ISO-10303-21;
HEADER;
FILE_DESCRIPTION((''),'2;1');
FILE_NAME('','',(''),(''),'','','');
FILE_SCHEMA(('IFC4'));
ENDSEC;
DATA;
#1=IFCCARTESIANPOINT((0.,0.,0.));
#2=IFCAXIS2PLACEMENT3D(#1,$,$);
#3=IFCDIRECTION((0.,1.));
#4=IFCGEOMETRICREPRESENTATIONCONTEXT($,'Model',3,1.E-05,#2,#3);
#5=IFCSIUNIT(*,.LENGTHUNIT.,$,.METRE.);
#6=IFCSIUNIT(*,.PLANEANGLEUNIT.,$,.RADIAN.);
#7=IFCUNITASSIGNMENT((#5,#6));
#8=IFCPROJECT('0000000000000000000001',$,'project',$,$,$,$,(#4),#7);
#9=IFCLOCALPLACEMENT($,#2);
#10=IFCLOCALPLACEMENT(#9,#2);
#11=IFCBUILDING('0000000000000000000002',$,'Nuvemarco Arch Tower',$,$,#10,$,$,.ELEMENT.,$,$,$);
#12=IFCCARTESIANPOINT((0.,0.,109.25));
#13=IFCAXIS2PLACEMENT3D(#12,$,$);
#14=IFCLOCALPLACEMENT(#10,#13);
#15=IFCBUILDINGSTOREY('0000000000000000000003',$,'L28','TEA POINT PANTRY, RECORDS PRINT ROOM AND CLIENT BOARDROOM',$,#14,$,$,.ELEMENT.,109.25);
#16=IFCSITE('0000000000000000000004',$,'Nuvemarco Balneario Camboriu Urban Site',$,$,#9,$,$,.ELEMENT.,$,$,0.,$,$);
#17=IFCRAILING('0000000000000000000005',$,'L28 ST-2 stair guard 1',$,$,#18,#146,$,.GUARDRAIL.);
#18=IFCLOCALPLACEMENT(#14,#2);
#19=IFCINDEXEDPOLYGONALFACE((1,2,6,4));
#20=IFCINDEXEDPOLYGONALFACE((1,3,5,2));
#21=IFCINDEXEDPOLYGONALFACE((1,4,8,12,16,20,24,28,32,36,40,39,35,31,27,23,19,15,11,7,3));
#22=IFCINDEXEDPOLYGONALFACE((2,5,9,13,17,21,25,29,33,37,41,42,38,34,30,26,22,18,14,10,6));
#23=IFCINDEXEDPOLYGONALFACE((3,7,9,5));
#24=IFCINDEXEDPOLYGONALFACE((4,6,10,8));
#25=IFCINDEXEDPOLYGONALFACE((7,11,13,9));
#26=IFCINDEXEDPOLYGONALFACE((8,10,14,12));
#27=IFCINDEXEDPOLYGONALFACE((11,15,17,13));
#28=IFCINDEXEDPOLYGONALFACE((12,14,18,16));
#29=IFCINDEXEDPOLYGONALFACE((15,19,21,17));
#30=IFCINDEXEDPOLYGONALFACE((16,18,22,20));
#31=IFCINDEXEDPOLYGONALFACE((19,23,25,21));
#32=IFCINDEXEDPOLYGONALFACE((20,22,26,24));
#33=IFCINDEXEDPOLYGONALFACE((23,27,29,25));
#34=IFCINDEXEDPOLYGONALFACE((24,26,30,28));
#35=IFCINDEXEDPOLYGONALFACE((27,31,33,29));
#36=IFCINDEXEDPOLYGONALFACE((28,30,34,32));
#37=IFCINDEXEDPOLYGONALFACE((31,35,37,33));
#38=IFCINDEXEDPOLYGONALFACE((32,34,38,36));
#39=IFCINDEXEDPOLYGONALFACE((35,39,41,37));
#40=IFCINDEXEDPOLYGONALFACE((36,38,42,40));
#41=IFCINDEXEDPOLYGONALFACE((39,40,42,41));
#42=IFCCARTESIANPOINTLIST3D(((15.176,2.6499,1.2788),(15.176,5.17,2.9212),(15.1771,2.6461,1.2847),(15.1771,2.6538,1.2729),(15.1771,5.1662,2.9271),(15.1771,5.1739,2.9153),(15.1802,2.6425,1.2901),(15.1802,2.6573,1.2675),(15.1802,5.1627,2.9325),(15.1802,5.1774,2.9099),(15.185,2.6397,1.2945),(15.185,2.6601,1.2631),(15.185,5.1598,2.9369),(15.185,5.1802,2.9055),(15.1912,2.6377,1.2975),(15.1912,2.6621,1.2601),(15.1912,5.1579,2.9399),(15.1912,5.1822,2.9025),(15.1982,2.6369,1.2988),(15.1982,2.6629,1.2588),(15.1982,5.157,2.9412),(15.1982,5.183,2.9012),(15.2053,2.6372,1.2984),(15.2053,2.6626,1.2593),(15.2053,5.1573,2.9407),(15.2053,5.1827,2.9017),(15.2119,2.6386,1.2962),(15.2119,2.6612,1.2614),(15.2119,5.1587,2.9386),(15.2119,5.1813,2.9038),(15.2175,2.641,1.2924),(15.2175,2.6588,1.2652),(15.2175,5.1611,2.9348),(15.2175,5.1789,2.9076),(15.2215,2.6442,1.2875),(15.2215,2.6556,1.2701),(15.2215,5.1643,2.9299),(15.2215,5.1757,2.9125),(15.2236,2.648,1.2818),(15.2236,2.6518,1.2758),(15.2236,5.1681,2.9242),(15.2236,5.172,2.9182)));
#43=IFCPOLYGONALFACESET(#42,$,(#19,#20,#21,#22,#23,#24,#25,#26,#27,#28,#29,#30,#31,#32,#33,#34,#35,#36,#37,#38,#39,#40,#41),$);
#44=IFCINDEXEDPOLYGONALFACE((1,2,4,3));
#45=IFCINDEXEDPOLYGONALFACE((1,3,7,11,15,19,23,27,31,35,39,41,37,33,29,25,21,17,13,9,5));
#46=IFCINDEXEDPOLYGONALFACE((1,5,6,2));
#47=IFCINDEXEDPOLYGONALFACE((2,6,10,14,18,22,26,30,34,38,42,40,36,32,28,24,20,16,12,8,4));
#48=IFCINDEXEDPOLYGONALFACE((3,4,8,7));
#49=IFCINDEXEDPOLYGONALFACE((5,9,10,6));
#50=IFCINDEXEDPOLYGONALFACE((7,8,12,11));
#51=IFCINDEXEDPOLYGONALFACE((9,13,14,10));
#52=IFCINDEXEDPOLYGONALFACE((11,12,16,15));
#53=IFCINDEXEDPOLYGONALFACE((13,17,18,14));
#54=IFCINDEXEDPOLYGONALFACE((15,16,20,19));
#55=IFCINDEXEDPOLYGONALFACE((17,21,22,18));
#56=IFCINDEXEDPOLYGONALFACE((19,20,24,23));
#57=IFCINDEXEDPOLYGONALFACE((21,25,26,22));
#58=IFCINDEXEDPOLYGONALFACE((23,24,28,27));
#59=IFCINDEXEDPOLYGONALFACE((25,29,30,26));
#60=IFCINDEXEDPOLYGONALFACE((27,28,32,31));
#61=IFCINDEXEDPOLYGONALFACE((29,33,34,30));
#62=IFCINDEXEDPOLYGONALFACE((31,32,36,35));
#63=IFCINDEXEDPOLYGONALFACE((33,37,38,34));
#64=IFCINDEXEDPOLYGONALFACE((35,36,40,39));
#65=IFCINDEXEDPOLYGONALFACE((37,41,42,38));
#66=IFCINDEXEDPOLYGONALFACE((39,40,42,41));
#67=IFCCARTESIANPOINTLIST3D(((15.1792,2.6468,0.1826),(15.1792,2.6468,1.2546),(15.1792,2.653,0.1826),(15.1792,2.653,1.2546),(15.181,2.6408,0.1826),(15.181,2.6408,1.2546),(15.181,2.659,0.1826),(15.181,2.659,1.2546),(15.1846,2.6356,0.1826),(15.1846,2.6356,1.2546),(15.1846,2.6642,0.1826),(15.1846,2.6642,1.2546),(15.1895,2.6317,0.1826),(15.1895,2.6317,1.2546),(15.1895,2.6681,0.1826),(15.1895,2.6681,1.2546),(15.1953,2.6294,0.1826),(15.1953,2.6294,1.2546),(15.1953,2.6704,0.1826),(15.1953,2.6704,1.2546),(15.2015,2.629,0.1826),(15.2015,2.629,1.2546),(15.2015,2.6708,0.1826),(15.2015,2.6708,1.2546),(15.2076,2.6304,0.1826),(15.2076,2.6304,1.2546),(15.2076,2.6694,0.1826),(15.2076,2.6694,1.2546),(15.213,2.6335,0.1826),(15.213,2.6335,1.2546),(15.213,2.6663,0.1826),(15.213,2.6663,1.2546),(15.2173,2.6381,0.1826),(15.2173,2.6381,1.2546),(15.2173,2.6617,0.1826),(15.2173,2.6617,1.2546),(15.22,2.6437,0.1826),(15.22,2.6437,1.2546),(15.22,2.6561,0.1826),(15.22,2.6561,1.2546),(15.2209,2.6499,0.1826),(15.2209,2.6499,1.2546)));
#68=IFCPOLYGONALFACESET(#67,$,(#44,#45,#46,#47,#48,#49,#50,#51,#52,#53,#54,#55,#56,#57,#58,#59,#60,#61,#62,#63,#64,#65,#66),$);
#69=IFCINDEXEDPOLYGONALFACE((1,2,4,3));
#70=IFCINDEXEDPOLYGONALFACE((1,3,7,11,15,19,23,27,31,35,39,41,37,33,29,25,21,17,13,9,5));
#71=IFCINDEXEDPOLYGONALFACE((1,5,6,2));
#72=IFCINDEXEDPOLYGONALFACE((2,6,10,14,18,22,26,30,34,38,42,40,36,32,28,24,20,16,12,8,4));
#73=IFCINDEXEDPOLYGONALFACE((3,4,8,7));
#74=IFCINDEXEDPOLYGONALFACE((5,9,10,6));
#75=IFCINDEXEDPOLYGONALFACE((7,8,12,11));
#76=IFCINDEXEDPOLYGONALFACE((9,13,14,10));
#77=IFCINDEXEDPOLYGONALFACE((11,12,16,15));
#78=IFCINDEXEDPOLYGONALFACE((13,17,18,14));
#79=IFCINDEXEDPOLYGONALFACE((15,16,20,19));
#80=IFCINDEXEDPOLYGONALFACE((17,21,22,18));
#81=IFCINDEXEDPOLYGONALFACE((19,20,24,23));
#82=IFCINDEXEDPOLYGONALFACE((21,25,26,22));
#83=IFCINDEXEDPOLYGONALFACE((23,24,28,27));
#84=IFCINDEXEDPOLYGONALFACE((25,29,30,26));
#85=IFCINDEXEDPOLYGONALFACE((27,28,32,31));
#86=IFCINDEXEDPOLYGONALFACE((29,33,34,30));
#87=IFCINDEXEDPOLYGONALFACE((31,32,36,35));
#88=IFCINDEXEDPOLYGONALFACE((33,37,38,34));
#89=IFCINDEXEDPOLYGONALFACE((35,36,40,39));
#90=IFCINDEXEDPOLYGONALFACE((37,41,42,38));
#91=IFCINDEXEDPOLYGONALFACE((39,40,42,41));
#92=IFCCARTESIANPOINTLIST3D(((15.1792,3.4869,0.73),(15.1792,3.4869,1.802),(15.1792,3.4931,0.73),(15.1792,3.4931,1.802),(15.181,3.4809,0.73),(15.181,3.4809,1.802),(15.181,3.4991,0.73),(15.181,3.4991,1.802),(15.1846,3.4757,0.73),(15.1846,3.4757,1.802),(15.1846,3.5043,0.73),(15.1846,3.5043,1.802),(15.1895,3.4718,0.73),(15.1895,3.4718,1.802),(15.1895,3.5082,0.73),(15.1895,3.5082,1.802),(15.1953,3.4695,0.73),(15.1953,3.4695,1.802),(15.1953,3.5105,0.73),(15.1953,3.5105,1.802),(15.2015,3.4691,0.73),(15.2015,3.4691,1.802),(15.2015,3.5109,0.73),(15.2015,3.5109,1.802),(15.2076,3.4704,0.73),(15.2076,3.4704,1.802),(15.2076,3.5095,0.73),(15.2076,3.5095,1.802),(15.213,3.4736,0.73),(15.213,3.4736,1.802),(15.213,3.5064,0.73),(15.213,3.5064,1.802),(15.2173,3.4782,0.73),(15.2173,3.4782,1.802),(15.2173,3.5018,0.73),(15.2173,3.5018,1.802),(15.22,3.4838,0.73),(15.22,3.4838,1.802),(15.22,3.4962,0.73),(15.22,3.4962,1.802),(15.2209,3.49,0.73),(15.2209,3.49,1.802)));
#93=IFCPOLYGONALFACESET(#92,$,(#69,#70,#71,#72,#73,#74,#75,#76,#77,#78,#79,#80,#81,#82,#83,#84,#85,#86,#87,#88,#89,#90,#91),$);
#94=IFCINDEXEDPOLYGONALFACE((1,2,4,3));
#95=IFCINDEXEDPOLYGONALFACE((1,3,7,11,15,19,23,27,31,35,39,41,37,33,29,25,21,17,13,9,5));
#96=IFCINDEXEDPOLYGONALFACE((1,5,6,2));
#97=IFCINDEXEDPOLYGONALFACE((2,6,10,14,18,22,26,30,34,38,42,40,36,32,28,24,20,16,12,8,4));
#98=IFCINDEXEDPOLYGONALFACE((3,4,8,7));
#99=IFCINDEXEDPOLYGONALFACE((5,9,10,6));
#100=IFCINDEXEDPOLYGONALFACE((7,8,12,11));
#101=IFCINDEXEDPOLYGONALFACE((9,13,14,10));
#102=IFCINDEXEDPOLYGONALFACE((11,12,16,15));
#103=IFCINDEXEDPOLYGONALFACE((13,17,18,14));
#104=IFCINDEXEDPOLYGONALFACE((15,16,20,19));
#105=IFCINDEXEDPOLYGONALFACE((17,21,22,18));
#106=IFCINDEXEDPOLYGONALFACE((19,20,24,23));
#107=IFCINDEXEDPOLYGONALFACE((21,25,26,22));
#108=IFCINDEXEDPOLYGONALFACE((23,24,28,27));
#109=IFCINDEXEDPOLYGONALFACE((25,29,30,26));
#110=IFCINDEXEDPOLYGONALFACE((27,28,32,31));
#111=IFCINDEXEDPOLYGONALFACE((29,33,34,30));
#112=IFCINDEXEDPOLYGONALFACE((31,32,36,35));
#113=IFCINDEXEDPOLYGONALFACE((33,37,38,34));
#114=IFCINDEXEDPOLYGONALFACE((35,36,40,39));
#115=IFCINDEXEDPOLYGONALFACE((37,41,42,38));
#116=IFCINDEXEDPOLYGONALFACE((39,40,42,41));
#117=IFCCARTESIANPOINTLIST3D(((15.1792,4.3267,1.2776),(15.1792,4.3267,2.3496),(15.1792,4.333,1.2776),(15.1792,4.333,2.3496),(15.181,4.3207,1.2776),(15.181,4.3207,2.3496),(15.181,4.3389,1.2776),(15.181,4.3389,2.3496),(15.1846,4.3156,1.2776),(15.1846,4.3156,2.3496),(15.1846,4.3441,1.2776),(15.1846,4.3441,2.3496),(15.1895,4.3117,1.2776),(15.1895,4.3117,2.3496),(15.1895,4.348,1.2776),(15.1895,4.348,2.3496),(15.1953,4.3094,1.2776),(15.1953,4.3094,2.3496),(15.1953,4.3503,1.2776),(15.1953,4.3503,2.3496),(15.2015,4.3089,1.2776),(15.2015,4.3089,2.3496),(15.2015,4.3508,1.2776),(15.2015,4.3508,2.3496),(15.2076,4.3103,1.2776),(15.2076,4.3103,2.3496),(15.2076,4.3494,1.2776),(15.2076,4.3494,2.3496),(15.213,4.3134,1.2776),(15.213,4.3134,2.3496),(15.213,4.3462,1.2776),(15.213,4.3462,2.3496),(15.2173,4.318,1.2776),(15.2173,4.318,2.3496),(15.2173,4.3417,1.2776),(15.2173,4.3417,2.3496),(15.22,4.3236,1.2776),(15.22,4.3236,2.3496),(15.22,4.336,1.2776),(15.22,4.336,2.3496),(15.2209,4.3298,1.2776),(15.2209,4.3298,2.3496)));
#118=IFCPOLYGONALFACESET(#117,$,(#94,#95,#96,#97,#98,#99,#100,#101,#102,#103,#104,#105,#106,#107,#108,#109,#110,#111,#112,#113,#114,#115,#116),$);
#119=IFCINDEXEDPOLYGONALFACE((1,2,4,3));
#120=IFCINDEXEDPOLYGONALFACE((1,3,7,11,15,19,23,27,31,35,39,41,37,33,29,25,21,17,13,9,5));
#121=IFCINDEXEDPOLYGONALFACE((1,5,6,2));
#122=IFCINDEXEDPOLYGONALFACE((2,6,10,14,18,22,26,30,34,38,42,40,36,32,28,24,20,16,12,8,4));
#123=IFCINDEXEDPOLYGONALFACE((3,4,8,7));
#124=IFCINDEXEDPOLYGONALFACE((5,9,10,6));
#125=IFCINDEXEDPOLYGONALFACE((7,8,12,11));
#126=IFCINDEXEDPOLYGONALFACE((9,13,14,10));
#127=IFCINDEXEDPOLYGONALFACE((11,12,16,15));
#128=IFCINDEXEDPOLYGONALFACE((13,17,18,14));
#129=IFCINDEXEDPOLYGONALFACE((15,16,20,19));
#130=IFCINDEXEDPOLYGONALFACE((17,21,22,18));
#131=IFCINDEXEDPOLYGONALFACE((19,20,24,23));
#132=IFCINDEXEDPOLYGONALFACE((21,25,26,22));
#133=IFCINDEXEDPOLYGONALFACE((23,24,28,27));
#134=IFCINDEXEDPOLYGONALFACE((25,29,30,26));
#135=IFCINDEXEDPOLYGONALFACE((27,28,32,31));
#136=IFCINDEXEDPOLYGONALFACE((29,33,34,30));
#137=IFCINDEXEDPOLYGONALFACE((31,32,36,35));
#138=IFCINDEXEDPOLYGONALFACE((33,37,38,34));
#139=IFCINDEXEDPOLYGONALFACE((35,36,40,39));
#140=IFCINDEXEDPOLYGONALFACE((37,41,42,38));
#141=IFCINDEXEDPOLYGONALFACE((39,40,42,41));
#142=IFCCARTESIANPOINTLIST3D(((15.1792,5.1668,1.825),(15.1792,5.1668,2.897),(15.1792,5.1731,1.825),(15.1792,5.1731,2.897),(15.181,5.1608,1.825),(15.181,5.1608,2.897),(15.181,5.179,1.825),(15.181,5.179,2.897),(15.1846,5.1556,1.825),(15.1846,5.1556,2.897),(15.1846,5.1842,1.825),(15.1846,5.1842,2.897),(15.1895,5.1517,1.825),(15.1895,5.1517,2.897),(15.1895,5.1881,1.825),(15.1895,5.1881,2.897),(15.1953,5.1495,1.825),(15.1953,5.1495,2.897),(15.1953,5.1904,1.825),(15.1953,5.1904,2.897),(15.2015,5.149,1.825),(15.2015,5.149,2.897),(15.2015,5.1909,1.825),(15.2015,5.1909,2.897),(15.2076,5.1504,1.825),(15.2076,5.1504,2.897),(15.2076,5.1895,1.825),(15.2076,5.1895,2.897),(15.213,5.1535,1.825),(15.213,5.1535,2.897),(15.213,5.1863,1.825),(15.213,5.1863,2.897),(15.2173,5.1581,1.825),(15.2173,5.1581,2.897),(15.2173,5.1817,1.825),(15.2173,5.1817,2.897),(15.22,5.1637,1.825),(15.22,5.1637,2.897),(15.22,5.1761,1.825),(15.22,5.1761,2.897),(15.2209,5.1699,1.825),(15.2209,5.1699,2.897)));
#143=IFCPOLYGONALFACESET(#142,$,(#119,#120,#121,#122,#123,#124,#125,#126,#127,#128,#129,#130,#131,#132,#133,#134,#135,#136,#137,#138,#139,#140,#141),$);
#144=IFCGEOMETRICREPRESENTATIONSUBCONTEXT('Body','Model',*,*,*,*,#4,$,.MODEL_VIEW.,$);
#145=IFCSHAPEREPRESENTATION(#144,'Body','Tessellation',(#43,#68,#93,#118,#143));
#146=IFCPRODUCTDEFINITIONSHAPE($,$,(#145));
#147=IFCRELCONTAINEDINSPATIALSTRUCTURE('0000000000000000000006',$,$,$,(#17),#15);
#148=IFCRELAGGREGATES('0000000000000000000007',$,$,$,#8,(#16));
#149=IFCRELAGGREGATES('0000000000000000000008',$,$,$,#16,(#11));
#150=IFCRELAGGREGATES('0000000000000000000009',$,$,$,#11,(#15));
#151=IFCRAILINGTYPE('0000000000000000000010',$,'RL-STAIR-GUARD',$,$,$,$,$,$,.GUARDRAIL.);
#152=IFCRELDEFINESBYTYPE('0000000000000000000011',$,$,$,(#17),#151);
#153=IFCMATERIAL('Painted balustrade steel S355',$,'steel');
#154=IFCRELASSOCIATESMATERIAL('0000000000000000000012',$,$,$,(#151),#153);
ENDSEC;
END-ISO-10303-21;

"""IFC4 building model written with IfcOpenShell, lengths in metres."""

from ifc_helpers import new_model, si_unit, direction, frame, origin, origin_2d, place, context, subcontext, project, spatial, circle, extrude, material, type_object, element, save


model = new_model("IFC4")

# Units and contexts
model_context = context("Model", 3, precision=1e-05, world=origin(), true_north=direction((0.0, 1.0)))
body_context = subcontext(model_context, "Body", "Model", "MODEL_VIEW")
ifc_project = project(units=[si_unit("LENGTHUNIT", "METRE"), si_unit("PLANEANGLEUNIT", "RADIAN")], contexts=[model_context])

# Site, building, storey
site_placement = place(None, origin())
site = spatial("IfcSite", under=ifc_project, at=site_placement, Name="Nuvemarco Balneario Camboriu Urban Site", CompositionType="ELEMENT", RefElevation=0.0)
building_placement = place(site_placement, origin())
building = spatial("IfcBuilding", under=site, at=building_placement, Name="Nuvemarco Arch Tower", CompositionType="ELEMENT")
storey_placement = place(building_placement, frame((0.0, 0.0, 109.25)))
storey = spatial("IfcBuildingStorey", under=building, at=storey_placement, Name="L28", Description="TEA POINT PANTRY, RECORDS PRINT ROOM AND CLIENT BOARDROOM", CompositionType="ELEMENT", Elevation=109.25)

# Railing
ifc_material_1 = material(Name="Painted balustrade steel S355", Category="steel")
railing_type_1 = type_object("IfcRailingType", Name="RL-STAIR-GUARD", PredefinedType="GUARDRAIL", material=ifc_material_1)
railing_1_placement = place(storey_placement, frame((15.2, 2.6499, 0.1826)))
element("IfcRailing", 1, at=railing_1_placement, inside=storey, type_object=railing_type_1, Name="L28 ST-2 stair guard 1", PredefinedType="GUARDRAIL", context=body_context, shape_type="SweptSolid", body=[
    extrude(circle(Radius=0.0239, at=origin_2d()), frame((0.0, 0.0, 1.0962), z_axis=(0.0, 0.837787, 0.545998), x_axis=(-1.0, 0.0, 0.0)), (0.0, 0.0, 1.0), 3.0081),
    extrude(circle(Radius=0.021, at=origin_2d()), origin(), (0.0, 0.0, 1.0), 1.072),
    extrude(circle(Radius=0.021, at=origin_2d()), frame((0.0, 0.8401, 0.5474)), (0.0, 0.0, 1.0), 1.072),
    extrude(circle(Radius=0.021, at=origin_2d()), frame((0.0, 1.6799, 1.095)), (0.0, 0.0, 1.0), 1.072),
    extrude(circle(Radius=0.021, at=origin_2d()), frame((0.0, 2.52, 1.6423)), (0.0, 0.0, 1.0), 1.072),
])

save(model, "model.ifc")
